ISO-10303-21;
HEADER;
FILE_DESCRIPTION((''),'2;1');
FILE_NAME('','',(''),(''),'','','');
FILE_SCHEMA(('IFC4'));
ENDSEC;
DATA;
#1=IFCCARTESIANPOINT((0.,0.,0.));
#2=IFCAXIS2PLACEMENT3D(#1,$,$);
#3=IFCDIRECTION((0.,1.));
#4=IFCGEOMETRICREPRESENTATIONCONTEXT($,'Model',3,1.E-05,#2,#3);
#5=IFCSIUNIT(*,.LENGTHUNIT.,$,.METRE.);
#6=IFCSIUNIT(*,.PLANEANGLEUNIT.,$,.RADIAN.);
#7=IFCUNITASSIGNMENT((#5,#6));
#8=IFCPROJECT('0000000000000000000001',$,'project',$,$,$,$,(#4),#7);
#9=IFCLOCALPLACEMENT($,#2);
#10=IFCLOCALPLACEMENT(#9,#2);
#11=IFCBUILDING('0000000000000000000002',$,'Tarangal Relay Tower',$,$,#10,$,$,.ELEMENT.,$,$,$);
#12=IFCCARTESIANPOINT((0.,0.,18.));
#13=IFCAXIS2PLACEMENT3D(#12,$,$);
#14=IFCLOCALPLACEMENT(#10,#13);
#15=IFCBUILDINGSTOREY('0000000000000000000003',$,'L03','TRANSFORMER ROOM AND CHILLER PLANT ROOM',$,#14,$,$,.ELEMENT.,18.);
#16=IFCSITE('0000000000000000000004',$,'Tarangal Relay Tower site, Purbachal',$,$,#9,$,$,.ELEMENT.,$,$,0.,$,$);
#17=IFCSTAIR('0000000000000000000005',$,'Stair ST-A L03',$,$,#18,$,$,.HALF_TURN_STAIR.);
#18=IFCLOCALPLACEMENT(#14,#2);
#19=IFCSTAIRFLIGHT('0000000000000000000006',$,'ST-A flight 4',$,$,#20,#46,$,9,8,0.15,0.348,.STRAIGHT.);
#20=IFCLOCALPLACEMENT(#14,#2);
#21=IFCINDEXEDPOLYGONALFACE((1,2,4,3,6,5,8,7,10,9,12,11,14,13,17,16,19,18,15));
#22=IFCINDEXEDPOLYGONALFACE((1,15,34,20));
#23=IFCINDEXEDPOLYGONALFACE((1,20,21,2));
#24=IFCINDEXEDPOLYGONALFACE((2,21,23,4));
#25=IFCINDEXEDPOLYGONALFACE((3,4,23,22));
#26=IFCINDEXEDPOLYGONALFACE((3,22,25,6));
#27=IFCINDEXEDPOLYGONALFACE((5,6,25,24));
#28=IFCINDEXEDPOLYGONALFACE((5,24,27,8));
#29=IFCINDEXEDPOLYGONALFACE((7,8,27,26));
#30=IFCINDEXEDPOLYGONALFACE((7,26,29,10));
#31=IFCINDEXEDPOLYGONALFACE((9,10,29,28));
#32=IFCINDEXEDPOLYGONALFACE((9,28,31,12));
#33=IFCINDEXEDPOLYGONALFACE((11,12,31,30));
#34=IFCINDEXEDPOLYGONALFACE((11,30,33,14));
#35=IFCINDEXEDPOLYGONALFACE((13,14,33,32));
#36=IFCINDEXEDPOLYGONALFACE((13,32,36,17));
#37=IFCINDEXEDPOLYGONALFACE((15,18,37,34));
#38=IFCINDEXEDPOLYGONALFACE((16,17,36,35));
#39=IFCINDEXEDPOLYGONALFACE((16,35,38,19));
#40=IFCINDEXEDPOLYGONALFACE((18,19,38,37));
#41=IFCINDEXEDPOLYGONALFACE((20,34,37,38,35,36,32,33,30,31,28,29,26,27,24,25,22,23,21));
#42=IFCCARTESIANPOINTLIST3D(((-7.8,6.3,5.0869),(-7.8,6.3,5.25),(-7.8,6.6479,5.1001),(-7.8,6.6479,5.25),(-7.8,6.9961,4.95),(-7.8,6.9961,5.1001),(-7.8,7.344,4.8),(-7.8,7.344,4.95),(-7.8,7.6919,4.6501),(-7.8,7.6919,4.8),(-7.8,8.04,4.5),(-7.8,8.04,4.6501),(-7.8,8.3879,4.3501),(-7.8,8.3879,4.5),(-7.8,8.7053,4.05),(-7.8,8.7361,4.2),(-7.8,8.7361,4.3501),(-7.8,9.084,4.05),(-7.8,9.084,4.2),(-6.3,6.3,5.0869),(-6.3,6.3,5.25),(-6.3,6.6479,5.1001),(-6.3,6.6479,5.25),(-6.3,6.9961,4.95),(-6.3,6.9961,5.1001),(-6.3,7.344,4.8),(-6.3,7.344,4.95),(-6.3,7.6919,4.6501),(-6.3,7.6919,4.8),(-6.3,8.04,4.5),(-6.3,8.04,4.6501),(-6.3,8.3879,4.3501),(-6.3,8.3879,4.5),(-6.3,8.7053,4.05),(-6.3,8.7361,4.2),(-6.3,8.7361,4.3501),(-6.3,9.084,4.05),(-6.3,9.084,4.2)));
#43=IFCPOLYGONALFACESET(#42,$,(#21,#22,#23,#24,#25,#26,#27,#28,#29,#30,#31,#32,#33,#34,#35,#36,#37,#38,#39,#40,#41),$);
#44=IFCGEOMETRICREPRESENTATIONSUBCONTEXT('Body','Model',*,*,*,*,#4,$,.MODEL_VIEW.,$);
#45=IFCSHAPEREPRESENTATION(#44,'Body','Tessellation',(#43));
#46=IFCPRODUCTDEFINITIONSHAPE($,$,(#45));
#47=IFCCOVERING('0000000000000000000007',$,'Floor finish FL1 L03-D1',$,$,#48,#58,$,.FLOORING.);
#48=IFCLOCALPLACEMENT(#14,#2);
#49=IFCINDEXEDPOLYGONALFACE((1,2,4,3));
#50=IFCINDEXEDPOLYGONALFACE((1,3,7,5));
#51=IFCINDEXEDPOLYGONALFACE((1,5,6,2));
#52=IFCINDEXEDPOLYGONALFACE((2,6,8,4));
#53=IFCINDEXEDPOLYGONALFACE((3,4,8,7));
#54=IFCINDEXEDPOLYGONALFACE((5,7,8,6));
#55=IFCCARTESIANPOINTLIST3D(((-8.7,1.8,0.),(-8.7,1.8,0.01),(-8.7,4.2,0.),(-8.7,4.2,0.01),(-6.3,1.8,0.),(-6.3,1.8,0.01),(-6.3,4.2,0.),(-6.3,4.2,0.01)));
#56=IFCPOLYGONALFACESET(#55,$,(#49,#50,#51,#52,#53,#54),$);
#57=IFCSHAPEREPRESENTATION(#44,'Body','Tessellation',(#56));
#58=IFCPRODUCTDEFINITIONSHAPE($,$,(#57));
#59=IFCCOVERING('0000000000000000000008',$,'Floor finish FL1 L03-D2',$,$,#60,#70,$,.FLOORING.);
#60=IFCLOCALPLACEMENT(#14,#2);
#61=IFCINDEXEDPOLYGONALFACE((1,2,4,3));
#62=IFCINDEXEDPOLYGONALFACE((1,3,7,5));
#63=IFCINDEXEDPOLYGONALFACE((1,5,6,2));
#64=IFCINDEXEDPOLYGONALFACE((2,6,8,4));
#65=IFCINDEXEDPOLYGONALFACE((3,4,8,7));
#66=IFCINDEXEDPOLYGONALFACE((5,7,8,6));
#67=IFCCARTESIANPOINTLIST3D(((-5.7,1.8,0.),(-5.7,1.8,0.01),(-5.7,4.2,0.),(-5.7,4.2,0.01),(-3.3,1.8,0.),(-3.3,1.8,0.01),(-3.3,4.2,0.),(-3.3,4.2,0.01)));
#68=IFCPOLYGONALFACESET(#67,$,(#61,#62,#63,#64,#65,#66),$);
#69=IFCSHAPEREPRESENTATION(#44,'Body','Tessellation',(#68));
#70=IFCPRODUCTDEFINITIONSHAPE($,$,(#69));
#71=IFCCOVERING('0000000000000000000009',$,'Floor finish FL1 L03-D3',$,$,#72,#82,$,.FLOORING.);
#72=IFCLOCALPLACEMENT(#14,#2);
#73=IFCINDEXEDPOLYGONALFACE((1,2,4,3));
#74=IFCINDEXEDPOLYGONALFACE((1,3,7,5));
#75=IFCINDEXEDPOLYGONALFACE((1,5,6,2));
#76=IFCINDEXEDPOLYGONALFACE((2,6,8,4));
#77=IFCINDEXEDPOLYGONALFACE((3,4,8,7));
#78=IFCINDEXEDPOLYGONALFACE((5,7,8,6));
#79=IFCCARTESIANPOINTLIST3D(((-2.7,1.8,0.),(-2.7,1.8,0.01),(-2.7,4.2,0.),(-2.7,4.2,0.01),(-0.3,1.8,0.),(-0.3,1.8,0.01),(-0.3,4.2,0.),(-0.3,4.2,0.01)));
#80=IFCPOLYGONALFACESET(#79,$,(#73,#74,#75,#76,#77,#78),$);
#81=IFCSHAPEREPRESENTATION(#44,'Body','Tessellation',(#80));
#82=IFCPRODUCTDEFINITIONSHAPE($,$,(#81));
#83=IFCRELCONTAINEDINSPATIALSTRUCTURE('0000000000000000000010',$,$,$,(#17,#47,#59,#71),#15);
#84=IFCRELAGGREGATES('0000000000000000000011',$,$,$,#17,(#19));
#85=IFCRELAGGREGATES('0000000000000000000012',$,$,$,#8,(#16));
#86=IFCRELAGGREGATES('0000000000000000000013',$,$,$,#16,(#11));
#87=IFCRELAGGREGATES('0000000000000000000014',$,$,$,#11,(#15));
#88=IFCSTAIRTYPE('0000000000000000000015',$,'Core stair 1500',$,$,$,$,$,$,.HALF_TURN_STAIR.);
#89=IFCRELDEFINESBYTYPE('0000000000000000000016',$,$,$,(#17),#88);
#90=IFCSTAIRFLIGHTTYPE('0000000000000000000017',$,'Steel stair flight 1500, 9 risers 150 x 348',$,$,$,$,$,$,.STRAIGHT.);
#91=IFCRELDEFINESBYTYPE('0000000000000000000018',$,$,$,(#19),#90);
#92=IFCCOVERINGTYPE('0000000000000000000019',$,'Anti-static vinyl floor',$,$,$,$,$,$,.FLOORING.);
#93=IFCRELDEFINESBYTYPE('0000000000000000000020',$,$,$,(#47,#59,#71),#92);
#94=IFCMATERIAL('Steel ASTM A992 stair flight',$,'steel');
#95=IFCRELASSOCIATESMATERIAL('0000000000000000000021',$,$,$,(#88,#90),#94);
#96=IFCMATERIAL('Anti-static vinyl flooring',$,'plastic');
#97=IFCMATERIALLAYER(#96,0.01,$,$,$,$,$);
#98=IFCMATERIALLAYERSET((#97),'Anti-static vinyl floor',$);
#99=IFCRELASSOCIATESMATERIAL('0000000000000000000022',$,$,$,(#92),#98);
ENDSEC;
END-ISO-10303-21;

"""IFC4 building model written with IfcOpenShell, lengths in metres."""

from ifc_helpers import new_model, si_unit, direction, frame, origin, place, context, subcontext, project, spatial, polyline, outline, extrude, material, layer, layer_set, type_object, element, aggregate, save


model = new_model("IFC4")

# Units and contexts
model_context = context("Model", 3, precision=1e-05, world=origin(), true_north=direction((0.0, 1.0)))
body_context = subcontext(model_context, "Body", "Model", "MODEL_VIEW")
ifc_project = project(units=[si_unit("LENGTHUNIT", "METRE"), si_unit("PLANEANGLEUNIT", "RADIAN")], contexts=[model_context])

# Site, building, storey
site_placement = place(None, origin())
site = spatial("IfcSite", under=ifc_project, at=site_placement, Name="Tarangal Relay Tower site, Purbachal", CompositionType="ELEMENT", RefElevation=0.0)
building_placement = place(site_placement, origin())
building = spatial("IfcBuilding", under=site, at=building_placement, Name="Tarangal Relay Tower", CompositionType="ELEMENT")
storey_placement = place(building_placement, frame((0.0, 0.0, 18.0)))
storey = spatial("IfcBuildingStorey", under=building, at=storey_placement, Name="L03", Description="TRANSFORMER ROOM AND CHILLER PLANT ROOM", CompositionType="ELEMENT", Elevation=18.0)

# Stair, stair flight
ifc_material_1 = material(Name="Steel ASTM A992 stair flight", Category="steel")
stair_type = type_object("IfcStairType", Name="Core stair 1500", PredefinedType="HALF_TURN_STAIR", material=ifc_material_1)
stair_placement = place(storey_placement, origin())
stair = element("IfcStair", 1, at=stair_placement, inside=storey, type_object=stair_type, Name="Stair ST-A L03", PredefinedType="HALF_TURN_STAIR")
stair_flight_type = type_object("IfcStairFlightType", Name="Steel stair flight 1500, 9 risers 150 x 348", PredefinedType="STRAIGHT", material=ifc_material_1)
stair_flight_1_placement = place(storey_placement, frame((-7.05, 9.084, 4.05), z_axis=(0.0, 0.0, 1.0), x_axis=(0.0, -1.0, 0.0)))
stair_flight_1 = element("IfcStairFlight", 2, at=stair_flight_1_placement, type_object=stair_flight_type, Name="ST-A flight 4", NumberOfRisers=9, NumberOfTreads=8, PredefinedType="STRAIGHT", RiserHeight=0.15, TreadLength=0.348, context=body_context, shape_type="SweptSolid", body=[
    extrude(outline(polyline([(0.0, 0.0), (0.0, 0.1499), (0.3479, 0.1499), (0.3479, 0.3), (0.696, 0.3), (0.696, 0.45), (1.0439, 0.45), (1.0439, 0.6001), (1.3921, 0.6001), (1.3921, 0.75), (1.74, 0.75), (1.74, 0.8999), (2.0879, 0.8999), (2.0879, 1.05), (2.436, 1.05), (2.436, 1.2), (2.7839, 1.2), (2.7839, 1.3501), (2.7839, 1.0369), (0.3787, 0.0), (0.0, 0.0)])), frame((0.0, 0.75, 0.0), z_axis=(0.0, -1.0, 0.0), x_axis=(1.0, 0.0, 0.0)), (0.0, 0.0, 1.0), 1.5),
])
aggregate(stair, [stair_flight_1])

# Coverings
ifc_material_2 = material(Name="Anti-static vinyl flooring", Category="plastic")
ifc_layer_1 = layer(ifc_material_2, 0.01)
ifc_layer_set_1 = layer_set([ifc_layer_1], Name="Anti-static vinyl floor")
covering_type_1 = type_object("IfcCoveringType", Name="Anti-static vinyl floor", PredefinedType="FLOORING", material=ifc_layer_set_1)
covering_1_placement = place(storey_placement, origin())
element("IfcCovering", 3, at=covering_1_placement, inside=storey, type_object=covering_type_1, Name="Floor finish FL1 L03-D1", PredefinedType="FLOORING", context=body_context, shape_type="SweptSolid", body=[
    extrude(outline(polyline([(-8.7, 1.8), (-6.3, 1.8), (-6.3, 4.2), (-8.7, 4.2), (-8.7, 1.8)])), origin(), (0.0, 0.0, 1.0), 0.01),
])
covering_2_placement = place(storey_placement, origin())
element("IfcCovering", 4, at=covering_2_placement, inside=storey, type_object=covering_type_1, Name="Floor finish FL1 L03-D2", PredefinedType="FLOORING", context=body_context, shape_type="SweptSolid", body=[
    extrude(outline(polyline([(-5.7, 1.8), (-3.3, 1.8), (-3.3, 4.2), (-5.7, 4.2), (-5.7, 1.8)])), origin(), (0.0, 0.0, 1.0), 0.01),
])
covering_3_placement = place(storey_placement, origin())
element("IfcCovering", 5, at=covering_3_placement, inside=storey, type_object=covering_type_1, Name="Floor finish FL1 L03-D3", PredefinedType="FLOORING", context=body_context, shape_type="SweptSolid", body=[
    extrude(outline(polyline([(-2.7, 1.8), (-0.3, 1.8), (-0.3, 4.2), (-2.7, 4.2), (-2.7, 1.8)])), origin(), (0.0, 0.0, 1.0), 0.01),
])

save(model, "model.ifc")
